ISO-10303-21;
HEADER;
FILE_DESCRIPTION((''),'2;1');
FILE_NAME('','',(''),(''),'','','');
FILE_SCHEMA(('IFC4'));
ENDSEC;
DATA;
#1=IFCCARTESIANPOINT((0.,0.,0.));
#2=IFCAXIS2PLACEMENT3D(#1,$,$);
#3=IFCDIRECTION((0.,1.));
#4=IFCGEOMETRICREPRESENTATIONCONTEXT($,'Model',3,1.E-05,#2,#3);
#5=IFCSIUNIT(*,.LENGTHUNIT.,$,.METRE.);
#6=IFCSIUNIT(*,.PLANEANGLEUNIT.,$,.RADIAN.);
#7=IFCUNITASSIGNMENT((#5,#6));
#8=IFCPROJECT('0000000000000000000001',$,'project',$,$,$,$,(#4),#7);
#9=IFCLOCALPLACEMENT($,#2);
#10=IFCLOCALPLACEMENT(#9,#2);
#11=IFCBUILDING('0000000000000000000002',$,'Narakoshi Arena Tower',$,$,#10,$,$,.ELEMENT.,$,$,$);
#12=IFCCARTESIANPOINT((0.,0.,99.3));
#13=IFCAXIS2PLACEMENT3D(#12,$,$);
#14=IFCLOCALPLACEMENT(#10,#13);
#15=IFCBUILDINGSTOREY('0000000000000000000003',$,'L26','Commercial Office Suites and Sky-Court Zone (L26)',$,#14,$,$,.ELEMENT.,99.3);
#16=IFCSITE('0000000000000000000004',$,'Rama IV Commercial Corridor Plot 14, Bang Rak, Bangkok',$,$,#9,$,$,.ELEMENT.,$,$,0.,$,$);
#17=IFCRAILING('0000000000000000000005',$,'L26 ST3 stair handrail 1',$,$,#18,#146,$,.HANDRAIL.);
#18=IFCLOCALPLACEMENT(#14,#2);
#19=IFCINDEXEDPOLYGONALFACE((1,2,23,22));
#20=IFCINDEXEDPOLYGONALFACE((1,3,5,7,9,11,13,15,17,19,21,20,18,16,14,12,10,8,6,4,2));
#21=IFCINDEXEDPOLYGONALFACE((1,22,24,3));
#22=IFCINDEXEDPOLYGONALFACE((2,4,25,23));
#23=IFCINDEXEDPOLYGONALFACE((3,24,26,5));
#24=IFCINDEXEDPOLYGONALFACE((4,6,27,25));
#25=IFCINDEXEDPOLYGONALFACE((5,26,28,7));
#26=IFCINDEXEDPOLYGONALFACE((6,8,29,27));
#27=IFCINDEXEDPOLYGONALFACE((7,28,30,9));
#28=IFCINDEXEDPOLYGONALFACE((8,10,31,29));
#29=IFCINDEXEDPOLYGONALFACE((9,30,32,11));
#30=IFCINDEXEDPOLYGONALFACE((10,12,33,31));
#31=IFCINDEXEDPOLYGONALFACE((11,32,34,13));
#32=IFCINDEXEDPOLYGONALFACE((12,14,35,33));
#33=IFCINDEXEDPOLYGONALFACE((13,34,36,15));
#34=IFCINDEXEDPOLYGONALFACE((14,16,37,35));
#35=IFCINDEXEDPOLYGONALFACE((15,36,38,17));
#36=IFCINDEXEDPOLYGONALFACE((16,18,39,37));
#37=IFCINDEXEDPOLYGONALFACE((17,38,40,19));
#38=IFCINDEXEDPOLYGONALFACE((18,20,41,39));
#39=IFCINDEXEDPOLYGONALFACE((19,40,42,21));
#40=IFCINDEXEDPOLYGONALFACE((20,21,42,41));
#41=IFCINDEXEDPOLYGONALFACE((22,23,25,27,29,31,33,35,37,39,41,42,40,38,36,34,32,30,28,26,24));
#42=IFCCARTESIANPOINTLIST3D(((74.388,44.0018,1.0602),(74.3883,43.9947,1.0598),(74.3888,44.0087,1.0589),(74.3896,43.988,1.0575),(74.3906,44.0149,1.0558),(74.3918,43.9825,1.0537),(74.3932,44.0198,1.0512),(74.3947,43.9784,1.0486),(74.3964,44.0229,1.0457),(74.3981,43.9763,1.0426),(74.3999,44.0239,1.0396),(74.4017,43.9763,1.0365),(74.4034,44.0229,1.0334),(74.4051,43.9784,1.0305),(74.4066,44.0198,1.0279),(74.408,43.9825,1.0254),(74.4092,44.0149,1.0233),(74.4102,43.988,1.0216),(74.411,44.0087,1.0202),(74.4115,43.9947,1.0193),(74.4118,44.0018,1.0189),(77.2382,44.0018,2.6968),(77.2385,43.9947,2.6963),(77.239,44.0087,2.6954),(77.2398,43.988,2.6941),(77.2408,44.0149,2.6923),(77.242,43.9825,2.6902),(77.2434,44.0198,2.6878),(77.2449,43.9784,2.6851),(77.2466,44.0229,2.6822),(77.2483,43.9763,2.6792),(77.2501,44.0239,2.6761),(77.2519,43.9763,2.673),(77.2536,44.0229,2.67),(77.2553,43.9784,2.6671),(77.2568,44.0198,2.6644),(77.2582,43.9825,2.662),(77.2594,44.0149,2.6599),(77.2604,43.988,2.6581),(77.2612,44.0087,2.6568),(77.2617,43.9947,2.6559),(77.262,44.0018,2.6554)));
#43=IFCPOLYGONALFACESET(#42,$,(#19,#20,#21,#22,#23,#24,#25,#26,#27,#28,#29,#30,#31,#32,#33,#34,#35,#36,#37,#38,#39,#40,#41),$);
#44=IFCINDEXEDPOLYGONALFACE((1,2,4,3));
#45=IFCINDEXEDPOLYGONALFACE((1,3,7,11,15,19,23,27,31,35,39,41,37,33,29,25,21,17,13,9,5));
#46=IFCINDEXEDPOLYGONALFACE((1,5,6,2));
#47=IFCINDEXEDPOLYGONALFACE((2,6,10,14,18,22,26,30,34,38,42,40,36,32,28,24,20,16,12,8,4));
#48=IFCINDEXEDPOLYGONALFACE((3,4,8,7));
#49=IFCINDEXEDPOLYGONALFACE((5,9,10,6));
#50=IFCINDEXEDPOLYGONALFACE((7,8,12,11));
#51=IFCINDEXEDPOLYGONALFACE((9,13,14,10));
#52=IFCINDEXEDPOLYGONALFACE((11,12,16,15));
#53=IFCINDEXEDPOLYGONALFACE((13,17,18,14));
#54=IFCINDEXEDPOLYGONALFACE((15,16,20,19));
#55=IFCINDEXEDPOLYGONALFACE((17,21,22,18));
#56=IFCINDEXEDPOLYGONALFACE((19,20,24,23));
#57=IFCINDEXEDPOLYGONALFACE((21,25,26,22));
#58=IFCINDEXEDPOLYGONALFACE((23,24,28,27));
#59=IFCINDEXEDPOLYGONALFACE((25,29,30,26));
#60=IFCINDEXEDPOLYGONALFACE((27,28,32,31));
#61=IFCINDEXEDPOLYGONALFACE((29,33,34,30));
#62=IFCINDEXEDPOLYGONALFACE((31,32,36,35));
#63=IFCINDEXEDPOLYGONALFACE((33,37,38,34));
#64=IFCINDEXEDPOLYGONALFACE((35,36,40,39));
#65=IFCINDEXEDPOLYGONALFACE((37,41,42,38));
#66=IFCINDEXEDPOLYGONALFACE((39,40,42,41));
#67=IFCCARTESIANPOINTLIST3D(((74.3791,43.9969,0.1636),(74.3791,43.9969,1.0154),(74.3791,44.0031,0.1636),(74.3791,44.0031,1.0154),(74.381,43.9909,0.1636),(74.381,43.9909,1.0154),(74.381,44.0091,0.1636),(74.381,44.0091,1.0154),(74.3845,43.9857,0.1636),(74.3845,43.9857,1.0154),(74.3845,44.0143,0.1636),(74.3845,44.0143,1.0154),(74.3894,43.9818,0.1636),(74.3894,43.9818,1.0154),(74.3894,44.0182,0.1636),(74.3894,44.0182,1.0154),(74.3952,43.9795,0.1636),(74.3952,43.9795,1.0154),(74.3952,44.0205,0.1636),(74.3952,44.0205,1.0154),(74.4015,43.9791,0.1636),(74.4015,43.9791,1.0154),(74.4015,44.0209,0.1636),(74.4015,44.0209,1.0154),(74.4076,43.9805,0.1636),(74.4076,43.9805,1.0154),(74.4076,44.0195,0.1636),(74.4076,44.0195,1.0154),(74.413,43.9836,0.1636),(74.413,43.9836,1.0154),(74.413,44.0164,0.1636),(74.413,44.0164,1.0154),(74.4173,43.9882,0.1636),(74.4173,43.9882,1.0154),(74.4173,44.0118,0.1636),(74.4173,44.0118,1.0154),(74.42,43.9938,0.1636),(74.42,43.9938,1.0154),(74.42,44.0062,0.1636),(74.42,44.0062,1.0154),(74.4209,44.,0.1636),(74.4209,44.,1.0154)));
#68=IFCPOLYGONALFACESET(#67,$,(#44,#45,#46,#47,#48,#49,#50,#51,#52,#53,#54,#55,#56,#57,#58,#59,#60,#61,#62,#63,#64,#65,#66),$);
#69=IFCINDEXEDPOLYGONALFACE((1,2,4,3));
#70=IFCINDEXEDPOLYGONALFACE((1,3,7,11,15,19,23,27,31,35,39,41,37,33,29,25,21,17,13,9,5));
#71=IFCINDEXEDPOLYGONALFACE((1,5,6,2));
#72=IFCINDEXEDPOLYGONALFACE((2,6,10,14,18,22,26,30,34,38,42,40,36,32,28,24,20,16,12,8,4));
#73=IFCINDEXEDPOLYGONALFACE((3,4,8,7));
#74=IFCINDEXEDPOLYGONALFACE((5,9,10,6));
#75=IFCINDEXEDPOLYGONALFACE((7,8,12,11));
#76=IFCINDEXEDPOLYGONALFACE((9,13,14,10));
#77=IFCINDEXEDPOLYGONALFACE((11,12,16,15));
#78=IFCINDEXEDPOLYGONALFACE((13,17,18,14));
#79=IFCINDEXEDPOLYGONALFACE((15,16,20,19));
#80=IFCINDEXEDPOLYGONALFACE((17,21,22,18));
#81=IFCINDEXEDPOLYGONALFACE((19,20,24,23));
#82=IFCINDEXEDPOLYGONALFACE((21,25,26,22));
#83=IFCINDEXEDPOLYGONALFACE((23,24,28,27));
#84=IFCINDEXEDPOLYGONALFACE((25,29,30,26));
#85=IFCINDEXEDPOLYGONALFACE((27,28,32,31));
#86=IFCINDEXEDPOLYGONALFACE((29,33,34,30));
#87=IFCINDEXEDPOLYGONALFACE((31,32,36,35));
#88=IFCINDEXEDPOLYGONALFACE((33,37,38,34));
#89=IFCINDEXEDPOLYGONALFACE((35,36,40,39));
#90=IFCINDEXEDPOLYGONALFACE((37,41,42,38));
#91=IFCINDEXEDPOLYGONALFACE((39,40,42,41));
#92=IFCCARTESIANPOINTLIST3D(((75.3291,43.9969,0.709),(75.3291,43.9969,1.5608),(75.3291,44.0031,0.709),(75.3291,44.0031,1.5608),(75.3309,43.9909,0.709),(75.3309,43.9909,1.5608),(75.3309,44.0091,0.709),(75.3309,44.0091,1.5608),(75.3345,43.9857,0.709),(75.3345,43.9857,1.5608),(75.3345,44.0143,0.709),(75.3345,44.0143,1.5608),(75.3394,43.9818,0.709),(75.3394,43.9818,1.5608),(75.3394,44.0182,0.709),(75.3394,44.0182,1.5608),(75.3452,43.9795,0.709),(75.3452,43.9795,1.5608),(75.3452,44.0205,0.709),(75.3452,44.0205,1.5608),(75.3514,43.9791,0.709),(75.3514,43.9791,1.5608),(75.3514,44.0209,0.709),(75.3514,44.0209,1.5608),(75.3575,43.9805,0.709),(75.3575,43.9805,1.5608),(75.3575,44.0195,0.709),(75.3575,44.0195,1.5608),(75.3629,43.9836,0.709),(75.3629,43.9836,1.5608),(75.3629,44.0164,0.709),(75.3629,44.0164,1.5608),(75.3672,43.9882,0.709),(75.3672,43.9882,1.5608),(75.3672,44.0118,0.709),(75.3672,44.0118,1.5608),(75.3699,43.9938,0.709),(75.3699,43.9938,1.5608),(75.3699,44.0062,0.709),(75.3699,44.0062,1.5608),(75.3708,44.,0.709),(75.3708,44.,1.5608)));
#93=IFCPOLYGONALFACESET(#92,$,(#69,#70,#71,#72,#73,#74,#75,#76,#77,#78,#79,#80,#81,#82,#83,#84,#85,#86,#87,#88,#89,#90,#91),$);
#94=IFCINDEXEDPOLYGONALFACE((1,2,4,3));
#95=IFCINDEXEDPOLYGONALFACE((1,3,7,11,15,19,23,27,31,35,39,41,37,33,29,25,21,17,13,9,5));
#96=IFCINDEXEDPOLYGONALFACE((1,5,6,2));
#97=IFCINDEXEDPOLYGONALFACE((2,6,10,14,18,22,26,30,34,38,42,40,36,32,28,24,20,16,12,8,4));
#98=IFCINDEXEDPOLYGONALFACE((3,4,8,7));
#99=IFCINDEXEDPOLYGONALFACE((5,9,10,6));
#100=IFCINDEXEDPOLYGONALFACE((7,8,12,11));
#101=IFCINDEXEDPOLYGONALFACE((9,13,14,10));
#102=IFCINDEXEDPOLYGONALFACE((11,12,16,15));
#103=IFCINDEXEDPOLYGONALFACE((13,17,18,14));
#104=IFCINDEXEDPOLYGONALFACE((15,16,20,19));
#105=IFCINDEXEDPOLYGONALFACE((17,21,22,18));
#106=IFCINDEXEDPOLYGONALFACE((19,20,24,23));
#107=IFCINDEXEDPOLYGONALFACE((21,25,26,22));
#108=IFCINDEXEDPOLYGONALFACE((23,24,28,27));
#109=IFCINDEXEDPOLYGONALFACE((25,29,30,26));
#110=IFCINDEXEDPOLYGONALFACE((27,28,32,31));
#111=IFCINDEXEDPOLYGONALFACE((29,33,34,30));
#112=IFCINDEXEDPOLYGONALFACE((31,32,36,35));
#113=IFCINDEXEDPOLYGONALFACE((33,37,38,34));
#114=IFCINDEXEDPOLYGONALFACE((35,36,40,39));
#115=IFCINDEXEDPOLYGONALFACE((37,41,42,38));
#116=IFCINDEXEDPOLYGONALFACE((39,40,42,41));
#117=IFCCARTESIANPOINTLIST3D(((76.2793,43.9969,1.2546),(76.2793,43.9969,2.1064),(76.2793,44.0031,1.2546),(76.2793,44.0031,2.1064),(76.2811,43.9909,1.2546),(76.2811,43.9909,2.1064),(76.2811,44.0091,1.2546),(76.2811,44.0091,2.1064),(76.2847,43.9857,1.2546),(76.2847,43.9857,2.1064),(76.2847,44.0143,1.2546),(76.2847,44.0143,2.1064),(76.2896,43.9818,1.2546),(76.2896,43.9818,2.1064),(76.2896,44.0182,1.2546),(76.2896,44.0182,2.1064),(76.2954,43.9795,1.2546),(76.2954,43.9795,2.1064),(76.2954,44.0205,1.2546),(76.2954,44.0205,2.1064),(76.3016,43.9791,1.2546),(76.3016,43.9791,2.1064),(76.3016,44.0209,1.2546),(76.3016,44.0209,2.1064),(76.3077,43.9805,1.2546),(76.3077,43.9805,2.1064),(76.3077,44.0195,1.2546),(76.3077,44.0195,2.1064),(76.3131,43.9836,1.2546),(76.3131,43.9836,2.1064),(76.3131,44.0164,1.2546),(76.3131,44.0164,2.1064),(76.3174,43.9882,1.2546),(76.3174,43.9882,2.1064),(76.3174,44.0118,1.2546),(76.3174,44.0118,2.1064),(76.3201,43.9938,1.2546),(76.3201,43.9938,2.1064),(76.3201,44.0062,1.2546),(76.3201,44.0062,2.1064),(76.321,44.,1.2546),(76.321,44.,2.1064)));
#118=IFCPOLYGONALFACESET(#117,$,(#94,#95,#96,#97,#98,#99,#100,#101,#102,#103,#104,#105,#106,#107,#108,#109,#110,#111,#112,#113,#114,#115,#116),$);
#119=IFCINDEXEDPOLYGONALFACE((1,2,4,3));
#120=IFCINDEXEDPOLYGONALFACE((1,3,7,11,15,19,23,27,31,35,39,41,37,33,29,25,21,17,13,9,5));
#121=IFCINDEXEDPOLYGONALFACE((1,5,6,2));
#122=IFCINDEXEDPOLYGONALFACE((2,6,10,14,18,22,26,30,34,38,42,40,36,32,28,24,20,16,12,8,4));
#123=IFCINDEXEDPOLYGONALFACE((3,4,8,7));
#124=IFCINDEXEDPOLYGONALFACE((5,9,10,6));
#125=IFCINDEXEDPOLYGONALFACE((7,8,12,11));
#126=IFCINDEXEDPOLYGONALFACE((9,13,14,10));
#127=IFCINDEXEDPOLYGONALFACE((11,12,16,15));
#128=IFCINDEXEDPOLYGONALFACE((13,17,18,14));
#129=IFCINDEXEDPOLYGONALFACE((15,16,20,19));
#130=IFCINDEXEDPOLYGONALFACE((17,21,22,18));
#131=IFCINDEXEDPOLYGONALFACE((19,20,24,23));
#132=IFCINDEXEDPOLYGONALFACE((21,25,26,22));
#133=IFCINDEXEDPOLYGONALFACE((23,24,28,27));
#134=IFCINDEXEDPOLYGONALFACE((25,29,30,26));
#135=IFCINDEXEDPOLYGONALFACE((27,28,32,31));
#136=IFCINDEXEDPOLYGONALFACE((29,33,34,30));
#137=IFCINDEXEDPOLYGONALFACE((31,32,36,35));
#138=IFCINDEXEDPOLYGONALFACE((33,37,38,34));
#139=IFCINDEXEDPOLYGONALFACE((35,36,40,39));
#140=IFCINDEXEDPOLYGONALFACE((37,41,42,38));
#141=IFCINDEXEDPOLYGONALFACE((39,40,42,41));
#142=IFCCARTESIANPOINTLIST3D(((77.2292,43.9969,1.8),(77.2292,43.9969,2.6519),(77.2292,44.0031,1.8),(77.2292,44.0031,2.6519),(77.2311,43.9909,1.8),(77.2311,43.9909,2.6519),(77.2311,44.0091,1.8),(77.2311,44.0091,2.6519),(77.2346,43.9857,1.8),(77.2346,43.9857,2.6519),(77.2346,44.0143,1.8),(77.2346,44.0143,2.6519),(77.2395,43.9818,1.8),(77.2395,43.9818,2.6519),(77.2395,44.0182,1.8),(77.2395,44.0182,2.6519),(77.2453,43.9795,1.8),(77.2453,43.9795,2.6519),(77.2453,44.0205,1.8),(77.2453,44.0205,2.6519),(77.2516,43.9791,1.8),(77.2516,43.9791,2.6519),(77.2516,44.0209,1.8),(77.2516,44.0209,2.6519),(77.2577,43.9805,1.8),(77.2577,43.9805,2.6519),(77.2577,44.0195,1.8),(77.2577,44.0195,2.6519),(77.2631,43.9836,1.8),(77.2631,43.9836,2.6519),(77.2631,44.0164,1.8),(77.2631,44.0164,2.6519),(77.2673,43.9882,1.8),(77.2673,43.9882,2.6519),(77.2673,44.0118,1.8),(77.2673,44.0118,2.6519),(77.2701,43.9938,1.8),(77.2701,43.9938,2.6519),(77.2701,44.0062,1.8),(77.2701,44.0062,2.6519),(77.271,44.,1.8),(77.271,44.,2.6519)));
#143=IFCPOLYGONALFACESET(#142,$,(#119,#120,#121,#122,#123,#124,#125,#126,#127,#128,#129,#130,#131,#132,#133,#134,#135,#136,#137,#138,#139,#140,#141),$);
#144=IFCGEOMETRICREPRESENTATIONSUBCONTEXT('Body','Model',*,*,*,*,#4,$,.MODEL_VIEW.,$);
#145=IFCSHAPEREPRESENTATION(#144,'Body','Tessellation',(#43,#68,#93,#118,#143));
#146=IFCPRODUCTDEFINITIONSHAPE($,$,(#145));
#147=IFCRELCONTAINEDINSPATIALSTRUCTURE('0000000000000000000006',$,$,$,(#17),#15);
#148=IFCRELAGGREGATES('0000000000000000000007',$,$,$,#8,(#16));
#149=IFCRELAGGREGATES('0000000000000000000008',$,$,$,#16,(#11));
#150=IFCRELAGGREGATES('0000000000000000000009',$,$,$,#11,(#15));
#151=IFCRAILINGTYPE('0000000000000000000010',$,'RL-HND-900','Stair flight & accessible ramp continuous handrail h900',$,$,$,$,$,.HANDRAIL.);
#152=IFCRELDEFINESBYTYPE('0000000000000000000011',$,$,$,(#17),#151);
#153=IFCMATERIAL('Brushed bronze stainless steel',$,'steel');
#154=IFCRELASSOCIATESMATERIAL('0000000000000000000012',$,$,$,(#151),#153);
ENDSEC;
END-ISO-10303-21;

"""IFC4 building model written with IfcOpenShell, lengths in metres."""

from ifc_helpers import new_model, si_unit, direction, frame, origin, origin_2d, place, context, subcontext, project, spatial, circle, extrude, material, type_object, element, save


model = new_model("IFC4")

# Units and contexts
model_context = context("Model", 3, precision=1e-05, world=origin(), true_north=direction((0.0, 1.0)))
body_context = subcontext(model_context, "Body", "Model", "MODEL_VIEW")
ifc_project = project(units=[si_unit("LENGTHUNIT", "METRE"), si_unit("PLANEANGLEUNIT", "RADIAN")], contexts=[model_context])

# Site, building, storey
site_placement = place(None, origin())
site = spatial("IfcSite", under=ifc_project, at=site_placement, Name="Rama IV Commercial Corridor Plot 14, Bang Rak, Bangkok", CompositionType="ELEMENT", RefElevation=0.0)
building_placement = place(site_placement, origin())
building = spatial("IfcBuilding", under=site, at=building_placement, Name="Narakoshi Arena Tower", CompositionType="ELEMENT")
storey_placement = place(building_placement, frame((0.0, 0.0, 99.3)))
storey = spatial("IfcBuildingStorey", under=building, at=storey_placement, Name="L26", Description="Commercial Office Suites and Sky-Court Zone (L26)", CompositionType="ELEMENT", Elevation=99.3)

# Railing
ifc_material_1 = material(Name="Brushed bronze stainless steel", Category="steel")
railing_type_1 = type_object("IfcRailingType", Name="RL-HND-900", Description="Stair flight & accessible ramp continuous handrail h900", PredefinedType="HANDRAIL", material=ifc_material_1)
railing_1_placement = place(storey_placement, frame((74.3999, 44.0, 0.1636)))
element("IfcRailing", 1, at=railing_1_placement, inside=storey, type_object=railing_type_1, Name="L26 ST3 stair handrail 1", PredefinedType="HANDRAIL", context=body_context, shape_type="SweptSolid", body=[
    extrude(circle(Radius=0.0239, at=origin_2d()), frame((0.0, 0.0, 0.876), z_axis=(0.867213, 0.0, 0.497938), x_axis=(0.0, 1.0, 0.0)), (0.0, 0.0, 1.0), 3.2866),
    extrude(circle(Radius=0.021, at=origin_2d()), origin(), (0.0, 0.0, 1.0), 0.8518),
    extrude(circle(Radius=0.021, at=origin_2d()), frame((0.95, 0.0, 0.5454)), (0.0, 0.0, 1.0), 0.8518),
    extrude(circle(Radius=0.021, at=origin_2d()), frame((1.9001, 0.0, 1.0911)), (0.0, 0.0, 1.0), 0.8518),
    extrude(circle(Radius=0.021, at=origin_2d()), frame((2.8501, 0.0, 1.6365)), (0.0, 0.0, 1.0), 0.8518),
])

save(model, "model.ifc")
